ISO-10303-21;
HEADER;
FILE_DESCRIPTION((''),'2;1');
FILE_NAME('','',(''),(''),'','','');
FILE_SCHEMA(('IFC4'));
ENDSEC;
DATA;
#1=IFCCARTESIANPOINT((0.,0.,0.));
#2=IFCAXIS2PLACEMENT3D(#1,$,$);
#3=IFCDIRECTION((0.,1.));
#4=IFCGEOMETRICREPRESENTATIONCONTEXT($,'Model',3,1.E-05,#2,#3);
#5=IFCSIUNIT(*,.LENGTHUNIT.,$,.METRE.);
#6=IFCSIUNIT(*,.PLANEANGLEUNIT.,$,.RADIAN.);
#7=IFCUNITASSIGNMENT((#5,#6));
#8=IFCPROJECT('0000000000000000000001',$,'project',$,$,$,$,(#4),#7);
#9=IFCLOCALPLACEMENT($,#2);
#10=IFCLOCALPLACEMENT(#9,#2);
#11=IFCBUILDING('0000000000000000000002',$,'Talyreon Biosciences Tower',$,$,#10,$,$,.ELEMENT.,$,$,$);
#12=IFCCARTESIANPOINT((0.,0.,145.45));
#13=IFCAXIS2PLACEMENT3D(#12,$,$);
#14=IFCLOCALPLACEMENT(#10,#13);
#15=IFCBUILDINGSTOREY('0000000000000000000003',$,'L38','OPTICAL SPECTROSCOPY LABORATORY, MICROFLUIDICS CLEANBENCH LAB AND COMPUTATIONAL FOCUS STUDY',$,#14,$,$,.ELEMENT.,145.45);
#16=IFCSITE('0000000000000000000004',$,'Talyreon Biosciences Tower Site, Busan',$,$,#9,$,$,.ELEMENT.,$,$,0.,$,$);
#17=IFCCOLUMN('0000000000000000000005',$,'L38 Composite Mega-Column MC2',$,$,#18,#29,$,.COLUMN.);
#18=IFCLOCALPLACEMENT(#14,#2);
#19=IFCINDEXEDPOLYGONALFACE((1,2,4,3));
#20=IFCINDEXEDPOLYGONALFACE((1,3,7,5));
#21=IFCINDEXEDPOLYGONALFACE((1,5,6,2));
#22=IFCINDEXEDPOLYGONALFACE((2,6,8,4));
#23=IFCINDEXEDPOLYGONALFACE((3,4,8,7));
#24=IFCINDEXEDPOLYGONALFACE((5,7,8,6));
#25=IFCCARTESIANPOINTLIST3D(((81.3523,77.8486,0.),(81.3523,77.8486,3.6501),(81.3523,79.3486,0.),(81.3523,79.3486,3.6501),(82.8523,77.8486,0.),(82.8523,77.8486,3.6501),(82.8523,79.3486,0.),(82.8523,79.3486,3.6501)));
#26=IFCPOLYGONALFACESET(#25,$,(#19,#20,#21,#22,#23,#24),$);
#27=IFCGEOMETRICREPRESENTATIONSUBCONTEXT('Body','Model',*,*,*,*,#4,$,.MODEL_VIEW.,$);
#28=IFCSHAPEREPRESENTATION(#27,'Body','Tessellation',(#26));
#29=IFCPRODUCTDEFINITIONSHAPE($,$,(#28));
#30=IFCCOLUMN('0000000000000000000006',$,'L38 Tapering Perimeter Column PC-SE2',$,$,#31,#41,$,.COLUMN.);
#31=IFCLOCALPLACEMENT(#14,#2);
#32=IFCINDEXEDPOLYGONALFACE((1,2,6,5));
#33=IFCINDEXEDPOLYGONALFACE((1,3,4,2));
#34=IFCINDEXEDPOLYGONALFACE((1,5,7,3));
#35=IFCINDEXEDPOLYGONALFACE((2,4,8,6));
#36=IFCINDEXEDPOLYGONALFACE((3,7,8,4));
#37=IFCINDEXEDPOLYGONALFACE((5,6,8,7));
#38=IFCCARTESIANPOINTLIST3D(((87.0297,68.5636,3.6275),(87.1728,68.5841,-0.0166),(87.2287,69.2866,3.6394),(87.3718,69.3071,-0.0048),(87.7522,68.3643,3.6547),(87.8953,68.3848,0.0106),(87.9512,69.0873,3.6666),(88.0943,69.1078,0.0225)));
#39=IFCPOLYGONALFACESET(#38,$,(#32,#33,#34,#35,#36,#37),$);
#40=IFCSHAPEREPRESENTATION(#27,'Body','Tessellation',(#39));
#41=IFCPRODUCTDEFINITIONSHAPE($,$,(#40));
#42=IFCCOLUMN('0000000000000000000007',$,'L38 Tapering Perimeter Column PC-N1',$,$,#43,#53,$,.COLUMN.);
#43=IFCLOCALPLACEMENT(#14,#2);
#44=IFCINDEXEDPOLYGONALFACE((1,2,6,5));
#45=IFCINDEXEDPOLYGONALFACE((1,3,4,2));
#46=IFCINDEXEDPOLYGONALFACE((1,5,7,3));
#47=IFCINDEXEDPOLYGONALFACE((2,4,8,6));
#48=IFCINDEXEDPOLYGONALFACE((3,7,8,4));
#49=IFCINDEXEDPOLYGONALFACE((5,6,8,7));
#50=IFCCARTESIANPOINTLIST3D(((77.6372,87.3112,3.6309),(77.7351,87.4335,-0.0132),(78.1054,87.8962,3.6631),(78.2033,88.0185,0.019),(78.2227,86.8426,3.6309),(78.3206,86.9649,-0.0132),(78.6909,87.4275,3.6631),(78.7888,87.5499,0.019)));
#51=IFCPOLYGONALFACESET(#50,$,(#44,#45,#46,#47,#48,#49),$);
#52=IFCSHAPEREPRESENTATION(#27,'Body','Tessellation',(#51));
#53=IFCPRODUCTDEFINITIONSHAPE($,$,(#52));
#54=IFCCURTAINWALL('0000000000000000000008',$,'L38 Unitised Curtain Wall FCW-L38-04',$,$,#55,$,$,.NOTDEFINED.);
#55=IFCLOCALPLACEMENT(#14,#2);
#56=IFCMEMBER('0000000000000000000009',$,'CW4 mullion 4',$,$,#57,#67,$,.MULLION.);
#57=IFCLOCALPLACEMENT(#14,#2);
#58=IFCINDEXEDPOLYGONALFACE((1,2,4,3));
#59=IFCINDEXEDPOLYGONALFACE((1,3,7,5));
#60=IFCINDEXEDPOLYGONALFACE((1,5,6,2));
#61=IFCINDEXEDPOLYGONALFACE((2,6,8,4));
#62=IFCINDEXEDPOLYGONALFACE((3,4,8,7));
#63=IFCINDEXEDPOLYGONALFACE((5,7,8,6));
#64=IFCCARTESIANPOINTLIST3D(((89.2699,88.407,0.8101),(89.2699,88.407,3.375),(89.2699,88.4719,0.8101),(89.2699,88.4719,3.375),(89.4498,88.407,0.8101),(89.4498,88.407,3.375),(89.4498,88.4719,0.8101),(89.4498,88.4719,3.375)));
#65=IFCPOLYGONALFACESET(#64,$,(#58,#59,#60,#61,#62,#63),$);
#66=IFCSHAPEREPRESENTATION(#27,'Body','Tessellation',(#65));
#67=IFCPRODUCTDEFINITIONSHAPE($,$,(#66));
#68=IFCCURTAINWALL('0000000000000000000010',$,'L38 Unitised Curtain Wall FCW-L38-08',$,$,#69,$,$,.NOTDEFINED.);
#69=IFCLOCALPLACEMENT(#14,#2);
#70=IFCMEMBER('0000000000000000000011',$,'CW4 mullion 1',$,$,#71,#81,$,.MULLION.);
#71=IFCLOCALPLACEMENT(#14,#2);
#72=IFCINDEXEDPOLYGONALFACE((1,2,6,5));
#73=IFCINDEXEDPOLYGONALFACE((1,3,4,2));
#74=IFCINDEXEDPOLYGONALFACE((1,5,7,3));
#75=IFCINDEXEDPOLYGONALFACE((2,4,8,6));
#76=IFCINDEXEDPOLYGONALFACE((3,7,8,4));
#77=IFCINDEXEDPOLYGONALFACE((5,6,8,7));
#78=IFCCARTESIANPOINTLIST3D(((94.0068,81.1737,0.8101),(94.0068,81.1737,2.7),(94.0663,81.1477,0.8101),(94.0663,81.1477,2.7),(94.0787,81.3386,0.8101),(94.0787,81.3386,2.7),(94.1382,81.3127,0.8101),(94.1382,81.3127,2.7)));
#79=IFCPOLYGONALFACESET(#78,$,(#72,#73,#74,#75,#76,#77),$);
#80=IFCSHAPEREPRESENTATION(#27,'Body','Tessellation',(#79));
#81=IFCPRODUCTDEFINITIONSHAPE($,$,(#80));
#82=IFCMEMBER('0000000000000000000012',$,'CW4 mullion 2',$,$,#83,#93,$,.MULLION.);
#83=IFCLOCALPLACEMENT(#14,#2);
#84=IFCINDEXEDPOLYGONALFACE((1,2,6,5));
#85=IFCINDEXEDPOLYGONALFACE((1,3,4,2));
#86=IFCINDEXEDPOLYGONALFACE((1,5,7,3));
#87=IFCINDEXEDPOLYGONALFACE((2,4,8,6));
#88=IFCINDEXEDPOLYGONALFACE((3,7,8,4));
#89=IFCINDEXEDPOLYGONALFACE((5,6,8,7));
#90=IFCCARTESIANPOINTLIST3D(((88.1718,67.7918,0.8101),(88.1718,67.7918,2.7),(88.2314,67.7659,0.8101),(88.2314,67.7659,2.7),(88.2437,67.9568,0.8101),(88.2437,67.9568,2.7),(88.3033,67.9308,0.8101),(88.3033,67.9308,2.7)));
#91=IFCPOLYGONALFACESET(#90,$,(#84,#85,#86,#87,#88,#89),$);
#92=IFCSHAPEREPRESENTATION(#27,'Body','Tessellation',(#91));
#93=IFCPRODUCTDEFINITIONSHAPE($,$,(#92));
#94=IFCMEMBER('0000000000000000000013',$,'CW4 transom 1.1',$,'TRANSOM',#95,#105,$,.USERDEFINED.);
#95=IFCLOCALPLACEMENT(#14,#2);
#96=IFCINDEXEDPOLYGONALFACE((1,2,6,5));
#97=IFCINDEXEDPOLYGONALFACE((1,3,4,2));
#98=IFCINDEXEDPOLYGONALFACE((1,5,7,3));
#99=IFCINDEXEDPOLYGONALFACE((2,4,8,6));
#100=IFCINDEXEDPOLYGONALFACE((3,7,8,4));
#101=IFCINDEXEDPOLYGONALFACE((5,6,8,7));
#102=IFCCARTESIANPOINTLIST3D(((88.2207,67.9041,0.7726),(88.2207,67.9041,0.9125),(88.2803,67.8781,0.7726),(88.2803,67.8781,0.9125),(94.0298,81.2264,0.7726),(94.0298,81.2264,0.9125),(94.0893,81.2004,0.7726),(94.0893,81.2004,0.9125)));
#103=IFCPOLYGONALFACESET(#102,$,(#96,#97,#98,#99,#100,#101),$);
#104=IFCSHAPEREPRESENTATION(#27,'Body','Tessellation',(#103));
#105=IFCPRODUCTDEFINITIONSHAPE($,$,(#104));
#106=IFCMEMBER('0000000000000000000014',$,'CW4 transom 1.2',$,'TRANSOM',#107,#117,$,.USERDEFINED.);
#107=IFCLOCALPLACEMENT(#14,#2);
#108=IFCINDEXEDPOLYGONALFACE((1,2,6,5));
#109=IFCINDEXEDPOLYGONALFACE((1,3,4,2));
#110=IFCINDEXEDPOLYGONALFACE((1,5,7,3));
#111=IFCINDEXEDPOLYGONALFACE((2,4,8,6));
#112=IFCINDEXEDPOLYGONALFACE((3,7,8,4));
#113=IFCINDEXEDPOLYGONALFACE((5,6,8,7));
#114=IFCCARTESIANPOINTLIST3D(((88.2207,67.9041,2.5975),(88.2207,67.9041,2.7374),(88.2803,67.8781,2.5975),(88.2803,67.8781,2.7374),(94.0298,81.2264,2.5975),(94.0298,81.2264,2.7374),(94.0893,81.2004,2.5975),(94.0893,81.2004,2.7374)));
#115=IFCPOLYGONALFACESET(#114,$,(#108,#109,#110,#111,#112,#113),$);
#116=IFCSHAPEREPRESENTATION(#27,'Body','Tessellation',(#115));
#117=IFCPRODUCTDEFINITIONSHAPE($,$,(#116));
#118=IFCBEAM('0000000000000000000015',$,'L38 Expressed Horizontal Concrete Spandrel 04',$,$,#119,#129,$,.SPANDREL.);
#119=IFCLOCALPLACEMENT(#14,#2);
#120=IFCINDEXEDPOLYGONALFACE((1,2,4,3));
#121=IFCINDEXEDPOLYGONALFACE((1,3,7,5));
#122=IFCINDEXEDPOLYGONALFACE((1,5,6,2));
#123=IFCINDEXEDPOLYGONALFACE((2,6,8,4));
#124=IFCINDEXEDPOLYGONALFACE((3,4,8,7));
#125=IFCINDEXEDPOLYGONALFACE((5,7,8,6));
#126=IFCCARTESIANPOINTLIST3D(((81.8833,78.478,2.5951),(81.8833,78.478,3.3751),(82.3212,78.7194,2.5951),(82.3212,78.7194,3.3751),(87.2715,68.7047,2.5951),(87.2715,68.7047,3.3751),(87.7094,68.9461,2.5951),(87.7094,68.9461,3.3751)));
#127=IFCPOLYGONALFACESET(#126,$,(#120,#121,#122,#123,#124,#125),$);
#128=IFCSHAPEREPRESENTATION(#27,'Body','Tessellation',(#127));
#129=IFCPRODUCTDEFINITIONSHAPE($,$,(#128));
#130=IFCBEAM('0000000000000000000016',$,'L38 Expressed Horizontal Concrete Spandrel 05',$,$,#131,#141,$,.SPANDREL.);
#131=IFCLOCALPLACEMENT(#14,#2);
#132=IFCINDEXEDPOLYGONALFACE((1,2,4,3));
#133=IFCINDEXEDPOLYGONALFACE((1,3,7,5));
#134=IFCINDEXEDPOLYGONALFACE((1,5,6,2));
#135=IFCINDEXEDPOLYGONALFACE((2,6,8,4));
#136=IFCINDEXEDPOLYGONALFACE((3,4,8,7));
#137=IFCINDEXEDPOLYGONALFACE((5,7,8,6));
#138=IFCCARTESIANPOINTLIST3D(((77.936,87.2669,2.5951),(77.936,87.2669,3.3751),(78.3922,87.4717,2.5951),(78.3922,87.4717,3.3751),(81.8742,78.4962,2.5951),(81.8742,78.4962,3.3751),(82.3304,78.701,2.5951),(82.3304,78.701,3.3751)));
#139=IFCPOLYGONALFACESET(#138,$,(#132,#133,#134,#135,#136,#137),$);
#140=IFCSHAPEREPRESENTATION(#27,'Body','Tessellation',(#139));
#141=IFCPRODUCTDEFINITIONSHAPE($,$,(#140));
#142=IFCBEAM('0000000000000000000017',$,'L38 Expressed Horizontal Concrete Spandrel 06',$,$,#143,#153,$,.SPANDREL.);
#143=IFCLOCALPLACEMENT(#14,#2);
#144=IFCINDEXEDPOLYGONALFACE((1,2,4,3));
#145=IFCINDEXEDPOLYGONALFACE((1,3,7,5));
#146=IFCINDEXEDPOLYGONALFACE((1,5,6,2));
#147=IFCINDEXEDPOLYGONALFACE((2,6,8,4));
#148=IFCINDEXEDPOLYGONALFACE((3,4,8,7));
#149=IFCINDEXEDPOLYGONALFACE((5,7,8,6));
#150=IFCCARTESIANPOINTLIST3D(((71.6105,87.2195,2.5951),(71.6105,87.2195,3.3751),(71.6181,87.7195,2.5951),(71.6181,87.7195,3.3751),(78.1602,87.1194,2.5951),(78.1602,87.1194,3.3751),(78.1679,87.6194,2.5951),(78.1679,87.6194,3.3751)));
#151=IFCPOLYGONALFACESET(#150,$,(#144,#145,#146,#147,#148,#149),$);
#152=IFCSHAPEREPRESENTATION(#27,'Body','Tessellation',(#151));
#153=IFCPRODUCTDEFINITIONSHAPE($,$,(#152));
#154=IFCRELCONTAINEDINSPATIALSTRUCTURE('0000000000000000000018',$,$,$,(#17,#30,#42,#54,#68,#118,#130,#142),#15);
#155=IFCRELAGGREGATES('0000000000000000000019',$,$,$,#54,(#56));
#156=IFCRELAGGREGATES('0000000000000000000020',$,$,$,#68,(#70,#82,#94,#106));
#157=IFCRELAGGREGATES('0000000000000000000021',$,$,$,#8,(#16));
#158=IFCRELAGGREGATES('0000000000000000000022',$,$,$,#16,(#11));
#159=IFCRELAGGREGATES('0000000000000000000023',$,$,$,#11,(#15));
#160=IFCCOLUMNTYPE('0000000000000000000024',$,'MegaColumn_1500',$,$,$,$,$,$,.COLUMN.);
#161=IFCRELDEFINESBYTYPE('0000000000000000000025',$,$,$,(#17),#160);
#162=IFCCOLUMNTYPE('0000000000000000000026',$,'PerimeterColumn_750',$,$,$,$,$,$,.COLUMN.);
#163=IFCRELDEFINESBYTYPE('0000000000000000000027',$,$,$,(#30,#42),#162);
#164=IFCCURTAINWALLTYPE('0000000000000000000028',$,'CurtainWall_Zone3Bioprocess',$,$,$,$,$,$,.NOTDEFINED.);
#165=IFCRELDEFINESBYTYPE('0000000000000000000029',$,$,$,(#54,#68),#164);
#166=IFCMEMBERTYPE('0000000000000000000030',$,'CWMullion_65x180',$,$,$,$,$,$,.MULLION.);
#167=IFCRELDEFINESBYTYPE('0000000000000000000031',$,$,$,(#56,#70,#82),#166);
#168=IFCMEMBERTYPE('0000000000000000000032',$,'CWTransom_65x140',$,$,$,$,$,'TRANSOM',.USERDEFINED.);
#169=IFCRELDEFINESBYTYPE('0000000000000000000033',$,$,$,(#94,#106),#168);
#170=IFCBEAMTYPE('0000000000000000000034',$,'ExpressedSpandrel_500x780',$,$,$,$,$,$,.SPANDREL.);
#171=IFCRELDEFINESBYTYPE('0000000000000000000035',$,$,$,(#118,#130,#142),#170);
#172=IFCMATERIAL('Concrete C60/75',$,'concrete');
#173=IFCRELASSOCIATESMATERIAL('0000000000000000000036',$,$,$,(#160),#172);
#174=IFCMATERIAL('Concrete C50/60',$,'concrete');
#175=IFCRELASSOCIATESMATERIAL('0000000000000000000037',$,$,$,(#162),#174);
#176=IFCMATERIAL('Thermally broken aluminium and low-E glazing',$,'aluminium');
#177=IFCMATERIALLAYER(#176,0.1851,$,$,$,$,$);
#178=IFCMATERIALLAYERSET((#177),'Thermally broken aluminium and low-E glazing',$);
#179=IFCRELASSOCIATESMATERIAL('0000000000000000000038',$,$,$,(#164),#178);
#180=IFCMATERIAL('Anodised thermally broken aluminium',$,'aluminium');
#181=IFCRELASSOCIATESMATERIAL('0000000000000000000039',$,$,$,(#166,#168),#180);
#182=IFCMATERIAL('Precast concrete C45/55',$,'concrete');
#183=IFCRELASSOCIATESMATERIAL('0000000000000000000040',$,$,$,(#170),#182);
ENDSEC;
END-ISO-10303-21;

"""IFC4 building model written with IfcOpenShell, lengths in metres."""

from ifc_helpers import new_model, si_unit, direction, frame, origin, origin_2d, place, context, subcontext, project, spatial, rectangle, extrude, material, layer, layer_set, material_profile, profile_set, type_object, element, aggregate, save


model = new_model("IFC4")

# Units and contexts
model_context = context("Model", 3, precision=1e-05, world=origin(), true_north=direction((0.0, 1.0)))
body_context = subcontext(model_context, "Body", "Model", "MODEL_VIEW")
ifc_project = project(units=[si_unit("LENGTHUNIT", "METRE"), si_unit("PLANEANGLEUNIT", "RADIAN")], contexts=[model_context])

# Site, building, storey
site_placement = place(None, origin())
site = spatial("IfcSite", under=ifc_project, at=site_placement, Name="Talyreon Biosciences Tower Site, Busan", CompositionType="ELEMENT", RefElevation=0.0)
building_placement = place(site_placement, origin())
building = spatial("IfcBuilding", under=site, at=building_placement, Name="Talyreon Biosciences Tower", CompositionType="ELEMENT")
storey_placement = place(building_placement, frame((0.0, 0.0, 145.45)))
storey = spatial("IfcBuildingStorey", under=building, at=storey_placement, Name="L38", Description="OPTICAL SPECTROSCOPY LABORATORY, MICROFLUIDICS CLEANBENCH LAB AND COMPUTATIONAL FOCUS STUDY", CompositionType="ELEMENT", Elevation=145.45)

# Columns
ifc_material_1 = material(Name="Concrete C60/75", Category="concrete")
ifc_material_profile_1 = material_profile(ifc_material_1, rectangle(XDim=1.5, YDim=1.5, at=origin_2d()), Name="RC 1500x1500")
ifc_profile_set_1 = profile_set([ifc_material_profile_1], Name="Concrete C60/75")
column_type_1 = type_object("IfcColumnType", Name="MegaColumn_1500", PredefinedType="COLUMN", material=ifc_profile_set_1)
column_1_placement = place(storey_placement, frame((82.1023, 78.5986, 0.0), z_axis=(0.0, 0.0, 1.0), x_axis=(1.0, 0.0, 0.0)))
element("IfcColumn", 1, at=column_1_placement, inside=storey, type_object=column_type_1, Name="L38 Composite Mega-Column MC2", PredefinedType="COLUMN", context=body_context, shape_type="SweptSolid", body=[
    extrude(rectangle(XDim=1.5, YDim=1.5, at=origin_2d()), origin(), (0.0, 0.0, 1.0), 3.6501),
])
ifc_material_2 = material(Name="Concrete C50/60", Category="concrete")
ifc_material_profile_2 = material_profile(ifc_material_2, rectangle(XDim=0.75, YDim=0.75, at=origin_2d()), Name="RC 750x750")
ifc_profile_set_2 = profile_set([ifc_material_profile_2], Name="Concrete C50/60")
column_type_2 = type_object("IfcColumnType", Name="PerimeterColumn_750", PredefinedType="COLUMN", material=ifc_profile_set_2)
column_2_placement = place(storey_placement, frame((87.6335, 68.8459, 0.0029), z_axis=(-0.03923, -0.005623, 0.999214), x_axis=(0.963357, -0.265751, 0.036326)))
element("IfcColumn", 2, at=column_2_placement, inside=storey, type_object=column_type_2, Name="L38 Tapering Perimeter Column PC-SE2", PredefinedType="COLUMN", context=body_context, shape_type="SweptSolid", body=[
    extrude(rectangle(XDim=0.75, YDim=0.75, at=origin_2d()), origin(), (0.0, 0.0, 1.0), 3.647),
])
column_3_placement = place(storey_placement, frame((78.262, 87.4917, 0.0029), z_axis=(-0.026841, -0.033535, 0.999077), x_axis=(-0.780717, 0.624885, 0.0)))
element("IfcColumn", 3, at=column_3_placement, inside=storey, type_object=column_type_2, Name="L38 Tapering Perimeter Column PC-N1", PredefinedType="COLUMN", context=body_context, shape_type="SweptSolid", body=[
    extrude(rectangle(XDim=0.75, YDim=0.75, at=origin_2d()), origin(), (0.0, 0.0, 1.0), 3.6475),
])

# Curtain wall, member
ifc_material_3 = material(Name="Thermally broken aluminium and low-E glazing", Category="aluminium")
ifc_layer_1 = layer(ifc_material_3, 0.1851)
ifc_layer_set_1 = layer_set([ifc_layer_1], Name="Thermally broken aluminium and low-E glazing")
curtain_wall_type = type_object("IfcCurtainWallType", Name="CurtainWall_Zone3Bioprocess", PredefinedType="NOTDEFINED", material=ifc_layer_set_1)
curtain_wall_1_placement = place(storey_placement, origin())
curtain_wall_1 = element("IfcCurtainWall", 4, at=curtain_wall_1_placement, inside=storey, type_object=curtain_wall_type, Name="L38 Unitised Curtain Wall FCW-L38-04", PredefinedType="NOTDEFINED")
ifc_material_4 = material(Name="Anodised thermally broken aluminium", Category="aluminium")
ifc_material_profile_3 = material_profile(ifc_material_4, rectangle(XDim=0.0649, YDim=0.1799, at=origin_2d()), Name="ALUM MULLION 65x180")
ifc_profile_set_3 = profile_set([ifc_material_profile_3], Name="Anodised thermally broken aluminium")
member_type_1 = type_object("IfcMemberType", Name="CWMullion_65x180", PredefinedType="MULLION", material=ifc_profile_set_3)
member_1_placement = place(storey_placement, frame((89.3599, 88.4395, 0.8101), z_axis=(0.0, 0.0, 1.0), x_axis=(0.0, 1.0, 0.0)))
member_1 = element("IfcMember", 5, at=member_1_placement, type_object=member_type_1, Name="CW4 mullion 4", PredefinedType="MULLION", context=body_context, shape_type="SweptSolid", body=[
    extrude(rectangle(XDim=0.0649, YDim=0.1799, at=origin_2d()), origin(), (0.0, 0.0, 1.0), 2.5649),
])

# Curtain wall, members
curtain_wall_2_placement = place(storey_placement, origin())
curtain_wall_2 = element("IfcCurtainWall", 6, at=curtain_wall_2_placement, inside=storey, type_object=curtain_wall_type, Name="L38 Unitised Curtain Wall FCW-L38-08", PredefinedType="NOTDEFINED")
member_2_placement = place(storey_placement, frame((94.0725, 81.2432, 0.8101), z_axis=(0.0, 0.0, 1.0), x_axis=(0.916647, -0.399698, 0.0)))
member_2 = element("IfcMember", 7, at=member_2_placement, type_object=member_type_1, Name="CW4 mullion 1", PredefinedType="MULLION", context=body_context, shape_type="SweptSolid", body=[
    extrude(rectangle(XDim=0.0649, YDim=0.1799, at=origin_2d()), origin(), (0.0, 0.0, 1.0), 1.8899),
])
member_3_placement = place(storey_placement, frame((88.2375, 67.8613, 0.8101), z_axis=(0.0, 0.0, 1.0), x_axis=(0.916647, -0.399698, 0.0)))
member_3 = element("IfcMember", 8, at=member_3_placement, type_object=member_type_1, Name="CW4 mullion 2", PredefinedType="MULLION", context=body_context, shape_type="SweptSolid", body=[
    extrude(rectangle(XDim=0.0649, YDim=0.1799, at=origin_2d()), origin(), (0.0, 0.0, 1.0), 1.8899),
])
ifc_material_profile_4 = material_profile(ifc_material_4, rectangle(XDim=0.0649, YDim=0.1399, at=origin_2d()), Name="ALUM TRANSOM 65x140")
ifc_profile_set_4 = profile_set([ifc_material_profile_4], Name="Anodised thermally broken aluminium")
member_type_2 = type_object("IfcMemberType", Name="CWTransom_65x140", ElementType="TRANSOM", PredefinedType="USERDEFINED", material=ifc_profile_set_4)
member_4_placement = place(storey_placement, frame((94.0596, 81.2134, 0.8425), z_axis=(-0.399698, -0.916647, 0.0), x_axis=(0.916647, -0.399698, 0.0)))
member_4 = element("IfcMember", 9, at=member_4_placement, type_object=member_type_2, Name="CW4 transom 1.1", ObjectType="TRANSOM", PredefinedType="USERDEFINED", context=body_context, shape_type="SweptSolid", body=[
    extrude(rectangle(XDim=0.0649, YDim=0.1399, at=origin_2d()), origin(), (0.0, 0.0, 1.0), 14.5337),
])
member_5_placement = place(storey_placement, frame((94.0596, 81.2134, 2.6675), z_axis=(-0.399698, -0.916647, 0.0), x_axis=(0.916647, -0.399698, 0.0)))
member_5 = element("IfcMember", 10, at=member_5_placement, type_object=member_type_2, Name="CW4 transom 1.2", ObjectType="TRANSOM", PredefinedType="USERDEFINED", context=body_context, shape_type="SweptSolid", body=[
    extrude(rectangle(XDim=0.0649, YDim=0.1399, at=origin_2d()), origin(), (0.0, 0.0, 1.0), 14.5337),
])

# Beams
ifc_material_5 = material(Name="Precast concrete C45/55", Category="concrete")
ifc_material_profile_5 = material_profile(ifc_material_5, rectangle(XDim=0.5, YDim=0.78, at=origin_2d()), Name="RCB 500x780")
ifc_profile_set_5 = profile_set([ifc_material_profile_5], Name="Precast concrete C45/55")
beam_type_1 = type_object("IfcBeamType", Name="ExpressedSpandrel_500x780", PredefinedType="SPANDREL", material=ifc_profile_set_5)
beam_1_placement = place(storey_placement, frame((87.4905, 68.8254, 2.9851), z_axis=(-0.482808, 0.875726, 0.0), x_axis=(-0.875726, -0.482808, 0.0)))
element("IfcBeam", 11, at=beam_1_placement, inside=storey, type_object=beam_type_1, Name="L38 Expressed Horizontal Concrete Spandrel 04", PredefinedType="SPANDREL", context=body_context, shape_type="SweptSolid", body=[
    extrude(rectangle(XDim=0.5, YDim=0.78, at=origin_2d()), origin(), (0.0, 0.0, 1.0), 11.1602),
])
beam_2_placement = place(storey_placement, frame((82.1023, 78.5986, 2.9851), z_axis=(-0.40962, 0.912256, 0.0), x_axis=(-0.912256, -0.40962, 0.0)))
element("IfcBeam", 12, at=beam_2_placement, inside=storey, type_object=beam_type_1, Name="L38 Expressed Horizontal Concrete Spandrel 05", PredefinedType="SPANDREL", context=body_context, shape_type="SweptSolid", body=[
    extrude(rectangle(XDim=0.5, YDim=0.78, at=origin_2d()), origin(), (0.0, 0.0, 1.0), 9.6143),
])
beam_3_placement = place(storey_placement, frame((78.1641, 87.3694, 2.9851), z_axis=(-0.999883, 0.015281, 0.0), x_axis=(-0.015281, -0.999883, 0.0)))
element("IfcBeam", 13, at=beam_3_placement, inside=storey, type_object=beam_type_1, Name="L38 Expressed Horizontal Concrete Spandrel 06", PredefinedType="SPANDREL", context=body_context, shape_type="SweptSolid", body=[
    extrude(rectangle(XDim=0.5, YDim=0.78, at=origin_2d()), origin(), (0.0, 0.0, 1.0), 6.5505),
])

aggregate(curtain_wall_1, [member_1])
aggregate(curtain_wall_2, [member_2, member_3, member_4, member_5])

save(model, "model.ifc")
